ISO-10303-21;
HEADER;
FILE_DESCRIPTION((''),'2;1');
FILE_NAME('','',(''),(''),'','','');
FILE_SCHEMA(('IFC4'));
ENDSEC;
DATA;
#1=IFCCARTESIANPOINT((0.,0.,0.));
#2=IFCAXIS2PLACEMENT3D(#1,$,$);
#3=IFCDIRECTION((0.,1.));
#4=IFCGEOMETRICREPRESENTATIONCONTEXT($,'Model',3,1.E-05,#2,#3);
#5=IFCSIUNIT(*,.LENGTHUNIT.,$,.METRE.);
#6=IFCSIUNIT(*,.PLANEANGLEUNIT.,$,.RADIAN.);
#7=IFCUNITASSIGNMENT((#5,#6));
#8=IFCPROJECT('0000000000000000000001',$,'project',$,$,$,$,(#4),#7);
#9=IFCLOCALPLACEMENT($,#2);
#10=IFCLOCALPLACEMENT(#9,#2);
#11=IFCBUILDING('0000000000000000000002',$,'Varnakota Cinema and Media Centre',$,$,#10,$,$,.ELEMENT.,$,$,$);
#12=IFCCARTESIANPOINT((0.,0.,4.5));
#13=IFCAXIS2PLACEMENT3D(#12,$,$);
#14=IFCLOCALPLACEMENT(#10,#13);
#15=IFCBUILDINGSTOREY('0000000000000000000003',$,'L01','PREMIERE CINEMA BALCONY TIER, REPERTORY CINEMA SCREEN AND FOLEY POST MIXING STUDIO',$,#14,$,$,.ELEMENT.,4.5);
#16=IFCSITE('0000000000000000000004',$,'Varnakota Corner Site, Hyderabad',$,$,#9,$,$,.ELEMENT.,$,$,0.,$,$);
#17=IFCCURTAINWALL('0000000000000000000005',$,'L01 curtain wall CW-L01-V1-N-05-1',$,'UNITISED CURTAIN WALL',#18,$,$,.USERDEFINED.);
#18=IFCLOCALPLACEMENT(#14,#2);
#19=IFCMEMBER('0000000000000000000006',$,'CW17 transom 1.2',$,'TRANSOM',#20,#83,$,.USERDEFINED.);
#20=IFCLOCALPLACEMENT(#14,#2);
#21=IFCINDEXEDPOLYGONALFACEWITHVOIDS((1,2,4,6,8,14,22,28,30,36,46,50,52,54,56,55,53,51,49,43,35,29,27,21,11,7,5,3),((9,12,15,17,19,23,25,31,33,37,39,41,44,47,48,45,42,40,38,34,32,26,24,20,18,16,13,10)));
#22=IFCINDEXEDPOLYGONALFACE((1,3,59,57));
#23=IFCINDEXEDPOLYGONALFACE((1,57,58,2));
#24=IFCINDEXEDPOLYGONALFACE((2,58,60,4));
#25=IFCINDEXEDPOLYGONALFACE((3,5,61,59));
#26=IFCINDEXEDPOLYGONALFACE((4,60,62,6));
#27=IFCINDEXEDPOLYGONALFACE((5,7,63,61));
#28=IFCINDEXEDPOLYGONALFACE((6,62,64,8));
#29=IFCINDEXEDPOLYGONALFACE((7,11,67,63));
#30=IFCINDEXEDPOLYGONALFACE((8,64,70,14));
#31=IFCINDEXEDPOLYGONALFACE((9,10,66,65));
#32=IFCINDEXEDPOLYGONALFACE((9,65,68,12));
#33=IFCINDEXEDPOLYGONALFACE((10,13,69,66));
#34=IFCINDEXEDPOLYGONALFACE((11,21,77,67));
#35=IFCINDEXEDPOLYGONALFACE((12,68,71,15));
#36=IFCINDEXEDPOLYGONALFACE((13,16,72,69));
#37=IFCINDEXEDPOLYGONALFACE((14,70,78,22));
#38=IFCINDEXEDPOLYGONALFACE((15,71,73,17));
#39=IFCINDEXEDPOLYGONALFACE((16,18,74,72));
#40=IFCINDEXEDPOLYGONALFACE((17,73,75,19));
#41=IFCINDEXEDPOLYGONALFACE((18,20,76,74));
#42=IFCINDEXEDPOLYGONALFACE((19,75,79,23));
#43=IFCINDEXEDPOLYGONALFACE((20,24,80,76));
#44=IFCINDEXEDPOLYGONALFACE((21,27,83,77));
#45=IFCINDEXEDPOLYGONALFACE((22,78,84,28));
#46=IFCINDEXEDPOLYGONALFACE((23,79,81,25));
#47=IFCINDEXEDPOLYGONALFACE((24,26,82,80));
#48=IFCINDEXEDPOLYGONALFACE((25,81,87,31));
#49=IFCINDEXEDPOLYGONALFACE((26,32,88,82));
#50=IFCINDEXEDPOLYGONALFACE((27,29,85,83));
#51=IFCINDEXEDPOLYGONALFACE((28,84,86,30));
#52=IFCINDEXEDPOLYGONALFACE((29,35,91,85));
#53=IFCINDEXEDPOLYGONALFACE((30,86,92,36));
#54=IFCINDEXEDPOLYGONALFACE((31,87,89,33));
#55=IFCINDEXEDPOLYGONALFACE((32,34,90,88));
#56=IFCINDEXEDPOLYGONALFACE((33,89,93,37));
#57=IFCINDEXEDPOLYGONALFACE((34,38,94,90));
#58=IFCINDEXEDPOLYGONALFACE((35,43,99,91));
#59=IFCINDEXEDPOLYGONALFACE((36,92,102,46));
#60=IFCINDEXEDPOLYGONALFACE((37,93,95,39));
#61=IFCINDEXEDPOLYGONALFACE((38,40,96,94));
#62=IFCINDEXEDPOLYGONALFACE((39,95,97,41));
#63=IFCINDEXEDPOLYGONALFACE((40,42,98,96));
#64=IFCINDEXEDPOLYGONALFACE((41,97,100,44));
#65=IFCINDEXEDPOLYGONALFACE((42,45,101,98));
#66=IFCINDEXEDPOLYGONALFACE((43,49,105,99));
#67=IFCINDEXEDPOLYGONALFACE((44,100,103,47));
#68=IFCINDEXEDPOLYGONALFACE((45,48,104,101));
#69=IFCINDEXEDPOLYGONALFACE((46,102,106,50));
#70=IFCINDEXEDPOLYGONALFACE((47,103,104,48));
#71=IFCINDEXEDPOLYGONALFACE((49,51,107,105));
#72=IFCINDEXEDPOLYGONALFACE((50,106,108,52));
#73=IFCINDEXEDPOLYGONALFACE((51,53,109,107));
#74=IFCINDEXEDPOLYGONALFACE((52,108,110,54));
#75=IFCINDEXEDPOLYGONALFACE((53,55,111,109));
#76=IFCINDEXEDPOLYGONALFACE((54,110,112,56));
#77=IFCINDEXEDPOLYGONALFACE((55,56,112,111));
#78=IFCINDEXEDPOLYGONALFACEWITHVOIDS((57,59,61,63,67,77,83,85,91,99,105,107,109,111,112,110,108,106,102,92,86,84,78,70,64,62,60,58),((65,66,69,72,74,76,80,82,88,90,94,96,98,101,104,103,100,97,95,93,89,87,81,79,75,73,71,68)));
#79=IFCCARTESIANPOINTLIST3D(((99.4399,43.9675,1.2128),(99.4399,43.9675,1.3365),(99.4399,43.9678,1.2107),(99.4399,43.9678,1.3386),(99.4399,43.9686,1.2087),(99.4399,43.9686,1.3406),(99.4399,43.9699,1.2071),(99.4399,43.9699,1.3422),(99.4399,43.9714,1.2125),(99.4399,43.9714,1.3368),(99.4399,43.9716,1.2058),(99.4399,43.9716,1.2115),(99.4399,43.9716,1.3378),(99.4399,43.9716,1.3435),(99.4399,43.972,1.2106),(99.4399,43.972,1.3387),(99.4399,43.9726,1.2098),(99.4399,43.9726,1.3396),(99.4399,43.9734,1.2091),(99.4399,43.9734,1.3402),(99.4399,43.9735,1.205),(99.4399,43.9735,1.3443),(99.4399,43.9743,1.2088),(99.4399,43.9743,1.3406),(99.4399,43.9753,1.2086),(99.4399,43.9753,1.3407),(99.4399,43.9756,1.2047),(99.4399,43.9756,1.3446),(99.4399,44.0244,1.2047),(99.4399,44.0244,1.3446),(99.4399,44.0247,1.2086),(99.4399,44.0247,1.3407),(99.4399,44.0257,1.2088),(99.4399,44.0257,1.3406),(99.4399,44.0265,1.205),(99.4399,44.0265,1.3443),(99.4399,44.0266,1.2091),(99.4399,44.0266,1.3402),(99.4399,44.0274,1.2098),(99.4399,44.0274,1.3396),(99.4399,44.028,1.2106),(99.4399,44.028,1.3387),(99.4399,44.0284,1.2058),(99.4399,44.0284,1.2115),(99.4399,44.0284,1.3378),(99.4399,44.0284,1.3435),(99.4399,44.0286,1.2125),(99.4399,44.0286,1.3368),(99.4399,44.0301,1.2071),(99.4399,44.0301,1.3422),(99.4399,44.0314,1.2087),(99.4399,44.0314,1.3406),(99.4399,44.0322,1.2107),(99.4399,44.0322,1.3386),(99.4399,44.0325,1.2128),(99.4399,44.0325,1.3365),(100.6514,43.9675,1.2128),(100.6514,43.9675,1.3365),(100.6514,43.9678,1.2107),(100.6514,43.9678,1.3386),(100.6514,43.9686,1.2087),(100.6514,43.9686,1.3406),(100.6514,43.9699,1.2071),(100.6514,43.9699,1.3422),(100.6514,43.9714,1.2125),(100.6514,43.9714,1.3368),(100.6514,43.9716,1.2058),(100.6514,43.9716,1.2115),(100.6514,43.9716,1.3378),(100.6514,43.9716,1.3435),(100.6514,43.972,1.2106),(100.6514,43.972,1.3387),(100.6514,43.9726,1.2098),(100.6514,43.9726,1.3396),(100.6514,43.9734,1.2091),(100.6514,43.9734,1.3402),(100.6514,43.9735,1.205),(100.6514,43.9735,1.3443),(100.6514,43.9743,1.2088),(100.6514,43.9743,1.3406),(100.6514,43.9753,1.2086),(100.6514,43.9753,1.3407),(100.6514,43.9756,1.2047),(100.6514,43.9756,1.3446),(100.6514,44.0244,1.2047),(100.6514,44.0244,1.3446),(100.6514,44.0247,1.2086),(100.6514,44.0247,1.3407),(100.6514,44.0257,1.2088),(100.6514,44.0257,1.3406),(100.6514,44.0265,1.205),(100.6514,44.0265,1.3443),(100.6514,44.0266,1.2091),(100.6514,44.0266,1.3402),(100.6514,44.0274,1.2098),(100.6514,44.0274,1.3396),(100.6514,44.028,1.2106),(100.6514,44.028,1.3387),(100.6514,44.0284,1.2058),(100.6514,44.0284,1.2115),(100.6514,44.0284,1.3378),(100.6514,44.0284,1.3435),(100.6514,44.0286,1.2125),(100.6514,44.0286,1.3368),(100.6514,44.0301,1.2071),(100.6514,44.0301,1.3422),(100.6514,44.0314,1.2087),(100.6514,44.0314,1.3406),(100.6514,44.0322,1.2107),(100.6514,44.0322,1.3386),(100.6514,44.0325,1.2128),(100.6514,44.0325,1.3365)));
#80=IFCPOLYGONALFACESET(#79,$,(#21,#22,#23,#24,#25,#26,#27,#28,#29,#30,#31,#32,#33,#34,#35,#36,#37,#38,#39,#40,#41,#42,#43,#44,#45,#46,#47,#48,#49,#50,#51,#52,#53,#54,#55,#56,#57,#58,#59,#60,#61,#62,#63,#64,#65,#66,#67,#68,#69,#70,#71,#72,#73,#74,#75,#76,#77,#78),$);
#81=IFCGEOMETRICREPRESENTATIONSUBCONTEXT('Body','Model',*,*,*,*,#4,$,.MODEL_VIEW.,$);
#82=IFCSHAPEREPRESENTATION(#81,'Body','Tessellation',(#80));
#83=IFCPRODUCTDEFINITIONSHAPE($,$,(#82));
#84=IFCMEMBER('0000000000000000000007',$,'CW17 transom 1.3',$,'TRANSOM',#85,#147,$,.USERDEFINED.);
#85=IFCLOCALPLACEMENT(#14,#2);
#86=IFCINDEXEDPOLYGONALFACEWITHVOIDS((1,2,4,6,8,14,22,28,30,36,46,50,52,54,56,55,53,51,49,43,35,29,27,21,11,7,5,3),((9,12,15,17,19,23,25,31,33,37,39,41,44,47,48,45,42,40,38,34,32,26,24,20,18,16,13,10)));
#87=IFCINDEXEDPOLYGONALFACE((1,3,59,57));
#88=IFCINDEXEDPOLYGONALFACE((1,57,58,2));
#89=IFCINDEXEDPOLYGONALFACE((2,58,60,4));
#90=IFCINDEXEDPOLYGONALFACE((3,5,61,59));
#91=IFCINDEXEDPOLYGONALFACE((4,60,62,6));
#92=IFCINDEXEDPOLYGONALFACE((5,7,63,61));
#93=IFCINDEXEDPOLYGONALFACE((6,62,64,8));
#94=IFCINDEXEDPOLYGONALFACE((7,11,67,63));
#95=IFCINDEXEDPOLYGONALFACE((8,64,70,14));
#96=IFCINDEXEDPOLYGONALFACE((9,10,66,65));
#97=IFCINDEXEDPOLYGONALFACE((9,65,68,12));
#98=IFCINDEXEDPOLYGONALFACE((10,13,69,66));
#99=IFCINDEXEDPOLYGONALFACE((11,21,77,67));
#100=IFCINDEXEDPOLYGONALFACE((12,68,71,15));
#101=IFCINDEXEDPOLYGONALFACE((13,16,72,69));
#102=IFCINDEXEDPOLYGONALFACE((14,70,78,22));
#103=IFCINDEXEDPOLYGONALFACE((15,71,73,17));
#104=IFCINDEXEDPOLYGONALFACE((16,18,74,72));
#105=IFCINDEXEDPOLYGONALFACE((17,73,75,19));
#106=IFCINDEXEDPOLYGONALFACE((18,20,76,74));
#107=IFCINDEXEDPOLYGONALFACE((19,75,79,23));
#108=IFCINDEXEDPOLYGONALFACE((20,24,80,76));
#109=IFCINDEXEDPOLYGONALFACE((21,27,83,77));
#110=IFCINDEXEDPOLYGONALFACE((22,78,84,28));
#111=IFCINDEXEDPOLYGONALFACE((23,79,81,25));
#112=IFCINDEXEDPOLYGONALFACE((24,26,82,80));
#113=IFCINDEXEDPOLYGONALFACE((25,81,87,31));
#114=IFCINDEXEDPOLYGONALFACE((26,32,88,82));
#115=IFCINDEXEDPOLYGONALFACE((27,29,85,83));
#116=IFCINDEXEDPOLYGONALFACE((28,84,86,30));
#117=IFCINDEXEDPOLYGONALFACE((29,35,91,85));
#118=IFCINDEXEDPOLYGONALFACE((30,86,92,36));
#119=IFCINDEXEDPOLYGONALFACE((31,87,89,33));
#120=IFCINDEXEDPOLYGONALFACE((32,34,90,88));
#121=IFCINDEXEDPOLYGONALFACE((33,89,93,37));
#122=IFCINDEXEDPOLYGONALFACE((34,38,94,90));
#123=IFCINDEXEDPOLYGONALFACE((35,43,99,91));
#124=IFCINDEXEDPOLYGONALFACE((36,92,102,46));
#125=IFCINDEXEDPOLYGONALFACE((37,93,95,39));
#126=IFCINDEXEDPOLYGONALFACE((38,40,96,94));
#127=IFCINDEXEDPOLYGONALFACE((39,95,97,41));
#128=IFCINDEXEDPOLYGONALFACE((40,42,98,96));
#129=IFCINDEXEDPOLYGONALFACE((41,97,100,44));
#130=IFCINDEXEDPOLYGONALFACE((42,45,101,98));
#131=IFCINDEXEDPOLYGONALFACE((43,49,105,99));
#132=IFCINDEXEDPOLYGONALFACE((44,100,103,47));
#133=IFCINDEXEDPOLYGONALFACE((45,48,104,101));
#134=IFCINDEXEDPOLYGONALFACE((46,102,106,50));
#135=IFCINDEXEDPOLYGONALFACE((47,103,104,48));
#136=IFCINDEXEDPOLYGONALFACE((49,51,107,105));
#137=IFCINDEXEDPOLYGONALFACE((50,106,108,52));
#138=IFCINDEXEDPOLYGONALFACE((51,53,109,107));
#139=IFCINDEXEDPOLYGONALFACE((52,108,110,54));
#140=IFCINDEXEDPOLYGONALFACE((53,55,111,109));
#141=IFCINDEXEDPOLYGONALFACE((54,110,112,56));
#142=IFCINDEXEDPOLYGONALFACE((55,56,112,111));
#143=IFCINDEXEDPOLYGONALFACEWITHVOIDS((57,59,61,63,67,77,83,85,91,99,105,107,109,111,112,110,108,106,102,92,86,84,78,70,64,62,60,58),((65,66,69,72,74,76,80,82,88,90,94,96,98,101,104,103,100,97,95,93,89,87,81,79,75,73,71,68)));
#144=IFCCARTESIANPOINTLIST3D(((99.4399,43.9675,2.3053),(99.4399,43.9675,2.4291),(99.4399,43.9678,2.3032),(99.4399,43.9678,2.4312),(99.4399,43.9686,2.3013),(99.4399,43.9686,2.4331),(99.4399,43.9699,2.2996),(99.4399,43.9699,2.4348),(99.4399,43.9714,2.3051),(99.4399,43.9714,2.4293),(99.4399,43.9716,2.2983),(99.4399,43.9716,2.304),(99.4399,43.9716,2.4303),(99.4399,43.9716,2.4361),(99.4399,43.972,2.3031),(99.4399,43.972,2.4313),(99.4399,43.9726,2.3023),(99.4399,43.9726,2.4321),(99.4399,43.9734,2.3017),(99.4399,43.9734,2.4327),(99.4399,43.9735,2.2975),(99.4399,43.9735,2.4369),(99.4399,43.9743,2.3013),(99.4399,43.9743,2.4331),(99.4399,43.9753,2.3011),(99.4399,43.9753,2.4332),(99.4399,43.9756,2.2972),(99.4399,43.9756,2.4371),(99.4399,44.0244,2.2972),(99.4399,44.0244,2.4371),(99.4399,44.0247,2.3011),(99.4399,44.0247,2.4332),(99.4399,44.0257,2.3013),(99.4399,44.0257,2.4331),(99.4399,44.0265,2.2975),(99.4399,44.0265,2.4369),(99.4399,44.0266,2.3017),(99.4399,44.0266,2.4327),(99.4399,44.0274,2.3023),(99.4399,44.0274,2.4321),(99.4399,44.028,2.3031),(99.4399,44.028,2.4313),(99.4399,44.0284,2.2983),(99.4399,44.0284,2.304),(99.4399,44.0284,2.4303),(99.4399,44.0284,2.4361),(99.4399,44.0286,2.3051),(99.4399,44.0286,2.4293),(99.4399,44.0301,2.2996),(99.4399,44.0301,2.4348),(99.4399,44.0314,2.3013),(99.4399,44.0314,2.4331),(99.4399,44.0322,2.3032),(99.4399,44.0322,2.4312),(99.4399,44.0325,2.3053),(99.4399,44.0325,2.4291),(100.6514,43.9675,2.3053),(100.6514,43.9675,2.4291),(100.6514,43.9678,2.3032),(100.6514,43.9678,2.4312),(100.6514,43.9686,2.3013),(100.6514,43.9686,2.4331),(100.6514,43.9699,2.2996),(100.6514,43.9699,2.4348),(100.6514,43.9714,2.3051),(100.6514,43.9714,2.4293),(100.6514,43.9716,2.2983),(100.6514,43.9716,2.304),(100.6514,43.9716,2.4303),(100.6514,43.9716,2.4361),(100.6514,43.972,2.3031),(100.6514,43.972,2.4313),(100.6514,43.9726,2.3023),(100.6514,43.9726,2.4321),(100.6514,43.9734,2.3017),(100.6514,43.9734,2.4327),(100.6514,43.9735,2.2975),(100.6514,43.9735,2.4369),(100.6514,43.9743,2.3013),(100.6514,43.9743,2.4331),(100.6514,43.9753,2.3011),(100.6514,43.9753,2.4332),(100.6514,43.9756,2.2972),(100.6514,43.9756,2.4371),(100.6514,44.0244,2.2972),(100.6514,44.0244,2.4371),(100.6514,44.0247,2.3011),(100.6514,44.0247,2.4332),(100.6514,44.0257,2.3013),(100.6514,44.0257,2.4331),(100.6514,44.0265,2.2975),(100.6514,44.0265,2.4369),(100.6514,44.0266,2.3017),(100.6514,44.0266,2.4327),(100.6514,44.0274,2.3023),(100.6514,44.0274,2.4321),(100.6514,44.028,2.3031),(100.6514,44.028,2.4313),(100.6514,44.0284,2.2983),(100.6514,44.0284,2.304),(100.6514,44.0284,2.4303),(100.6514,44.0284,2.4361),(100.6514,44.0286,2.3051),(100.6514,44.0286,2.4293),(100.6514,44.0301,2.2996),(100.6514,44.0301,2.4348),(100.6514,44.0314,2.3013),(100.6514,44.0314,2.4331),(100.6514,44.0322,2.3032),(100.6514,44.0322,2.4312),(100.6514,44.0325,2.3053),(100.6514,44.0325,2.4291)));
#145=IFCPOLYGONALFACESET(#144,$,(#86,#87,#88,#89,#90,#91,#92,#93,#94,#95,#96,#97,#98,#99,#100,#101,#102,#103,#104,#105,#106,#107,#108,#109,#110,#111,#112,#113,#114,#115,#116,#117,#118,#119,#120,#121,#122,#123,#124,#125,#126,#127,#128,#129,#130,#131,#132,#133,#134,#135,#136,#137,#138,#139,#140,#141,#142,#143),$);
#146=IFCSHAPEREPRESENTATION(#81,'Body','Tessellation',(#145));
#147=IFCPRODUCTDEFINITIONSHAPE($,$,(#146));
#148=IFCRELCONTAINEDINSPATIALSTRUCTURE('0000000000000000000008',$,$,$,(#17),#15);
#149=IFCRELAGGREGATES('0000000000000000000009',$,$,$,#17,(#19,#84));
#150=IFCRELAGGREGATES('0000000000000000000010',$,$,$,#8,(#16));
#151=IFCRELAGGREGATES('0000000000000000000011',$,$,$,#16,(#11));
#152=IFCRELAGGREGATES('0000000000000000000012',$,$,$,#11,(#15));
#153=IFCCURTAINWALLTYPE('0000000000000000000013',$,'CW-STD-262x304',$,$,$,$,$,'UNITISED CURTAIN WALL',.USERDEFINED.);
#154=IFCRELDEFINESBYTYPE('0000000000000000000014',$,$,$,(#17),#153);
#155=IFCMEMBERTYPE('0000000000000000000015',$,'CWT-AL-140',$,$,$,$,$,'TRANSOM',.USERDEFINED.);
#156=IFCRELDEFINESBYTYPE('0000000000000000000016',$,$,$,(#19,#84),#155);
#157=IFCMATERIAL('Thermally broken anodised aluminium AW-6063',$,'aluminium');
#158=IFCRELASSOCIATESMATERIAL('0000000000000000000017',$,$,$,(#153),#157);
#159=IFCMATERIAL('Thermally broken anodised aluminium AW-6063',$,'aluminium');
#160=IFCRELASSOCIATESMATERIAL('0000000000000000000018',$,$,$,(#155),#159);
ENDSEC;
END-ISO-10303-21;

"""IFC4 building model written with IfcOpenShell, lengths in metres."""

from ifc_helpers import new_model, si_unit, direction, frame, origin, origin_2d, place, context, subcontext, project, spatial, hollow_rectangle, extrude, material, material_profile, profile_set, type_object, element, aggregate, save


model = new_model("IFC4")

# Units and contexts
model_context = context("Model", 3, precision=1e-05, world=origin(), true_north=direction((0.0, 1.0)))
body_context = subcontext(model_context, "Body", "Model", "MODEL_VIEW")
ifc_project = project(units=[si_unit("LENGTHUNIT", "METRE"), si_unit("PLANEANGLEUNIT", "RADIAN")], contexts=[model_context])

# Site, building, storey
site_placement = place(None, origin())
site = spatial("IfcSite", under=ifc_project, at=site_placement, Name="Varnakota Corner Site, Hyderabad", CompositionType="ELEMENT", RefElevation=0.0)
building_placement = place(site_placement, origin())
building = spatial("IfcBuilding", under=site, at=building_placement, Name="Varnakota Cinema and Media Centre", CompositionType="ELEMENT")
storey_placement = place(building_placement, frame((0.0, 0.0, 4.5)))
storey = spatial("IfcBuildingStorey", under=building, at=storey_placement, Name="L01", Description="PREMIERE CINEMA BALCONY TIER, REPERTORY CINEMA SCREEN AND FOLEY POST MIXING STUDIO", CompositionType="ELEMENT", Elevation=4.5)

# Curtain wall
ifc_material_1 = material(Name="Thermally broken anodised aluminium AW-6063", Category="aluminium")
curtain_wall_type = type_object("IfcCurtainWallType", Name="CW-STD-262x304", ElementType="UNITISED CURTAIN WALL", PredefinedType="USERDEFINED", material=ifc_material_1)
curtain_wall_1_placement = place(storey_placement, origin())
curtain_wall_1 = element("IfcCurtainWall", 1, at=curtain_wall_1_placement, inside=storey, type_object=curtain_wall_type, Name="L01 curtain wall CW-L01-V1-N-05-1", ObjectType="UNITISED CURTAIN WALL", PredefinedType="USERDEFINED")

# Members
ifc_material_2 = material(Name="Thermally broken anodised aluminium AW-6063", Category="aluminium")
ifc_material_profile_1 = material_profile(ifc_material_2, hollow_rectangle(XDim=0.0649, YDim=0.1399, WallThickness=0.0039, InnerFilletRadius=0.0039, OuterFilletRadius=0.0081, at=origin_2d()), Name="AL-TRANSOM 140x65x4")
ifc_profile_set_1 = profile_set([ifc_material_profile_1], Name="Thermally broken anodised aluminium AW-6063")
member_type_1 = type_object("IfcMemberType", Name="CWT-AL-140", ElementType="TRANSOM", PredefinedType="USERDEFINED", material=ifc_profile_set_1)
member_1_placement = place(storey_placement, frame((99.4399, 44.0, 1.2747), z_axis=(1.0, 0.0, 0.0), x_axis=(0.0, 1.0, 0.0)))
member_1 = element("IfcMember", 2, at=member_1_placement, type_object=member_type_1, Name="CW17 transom 1.2", ObjectType="TRANSOM", PredefinedType="USERDEFINED", context=body_context, shape_type="SweptSolid", body=[
    extrude(hollow_rectangle(XDim=0.0649, YDim=0.1399, WallThickness=0.0039, InnerFilletRadius=0.0039, OuterFilletRadius=0.0081, at=origin_2d()), origin(), (0.0, 0.0, 1.0), 1.2114),
])
member_2_placement = place(storey_placement, frame((99.4399, 44.0, 2.3672), z_axis=(1.0, 0.0, 0.0), x_axis=(0.0, 1.0, 0.0)))
member_2 = element("IfcMember", 3, at=member_2_placement, type_object=member_type_1, Name="CW17 transom 1.3", ObjectType="TRANSOM", PredefinedType="USERDEFINED", context=body_context, shape_type="SweptSolid", body=[
    extrude(hollow_rectangle(XDim=0.0649, YDim=0.1399, WallThickness=0.0039, InnerFilletRadius=0.0039, OuterFilletRadius=0.0081, at=origin_2d()), origin(), (0.0, 0.0, 1.0), 1.2114),
])

aggregate(curtain_wall_1, [member_1, member_2])

save(model, "model.ifc")
